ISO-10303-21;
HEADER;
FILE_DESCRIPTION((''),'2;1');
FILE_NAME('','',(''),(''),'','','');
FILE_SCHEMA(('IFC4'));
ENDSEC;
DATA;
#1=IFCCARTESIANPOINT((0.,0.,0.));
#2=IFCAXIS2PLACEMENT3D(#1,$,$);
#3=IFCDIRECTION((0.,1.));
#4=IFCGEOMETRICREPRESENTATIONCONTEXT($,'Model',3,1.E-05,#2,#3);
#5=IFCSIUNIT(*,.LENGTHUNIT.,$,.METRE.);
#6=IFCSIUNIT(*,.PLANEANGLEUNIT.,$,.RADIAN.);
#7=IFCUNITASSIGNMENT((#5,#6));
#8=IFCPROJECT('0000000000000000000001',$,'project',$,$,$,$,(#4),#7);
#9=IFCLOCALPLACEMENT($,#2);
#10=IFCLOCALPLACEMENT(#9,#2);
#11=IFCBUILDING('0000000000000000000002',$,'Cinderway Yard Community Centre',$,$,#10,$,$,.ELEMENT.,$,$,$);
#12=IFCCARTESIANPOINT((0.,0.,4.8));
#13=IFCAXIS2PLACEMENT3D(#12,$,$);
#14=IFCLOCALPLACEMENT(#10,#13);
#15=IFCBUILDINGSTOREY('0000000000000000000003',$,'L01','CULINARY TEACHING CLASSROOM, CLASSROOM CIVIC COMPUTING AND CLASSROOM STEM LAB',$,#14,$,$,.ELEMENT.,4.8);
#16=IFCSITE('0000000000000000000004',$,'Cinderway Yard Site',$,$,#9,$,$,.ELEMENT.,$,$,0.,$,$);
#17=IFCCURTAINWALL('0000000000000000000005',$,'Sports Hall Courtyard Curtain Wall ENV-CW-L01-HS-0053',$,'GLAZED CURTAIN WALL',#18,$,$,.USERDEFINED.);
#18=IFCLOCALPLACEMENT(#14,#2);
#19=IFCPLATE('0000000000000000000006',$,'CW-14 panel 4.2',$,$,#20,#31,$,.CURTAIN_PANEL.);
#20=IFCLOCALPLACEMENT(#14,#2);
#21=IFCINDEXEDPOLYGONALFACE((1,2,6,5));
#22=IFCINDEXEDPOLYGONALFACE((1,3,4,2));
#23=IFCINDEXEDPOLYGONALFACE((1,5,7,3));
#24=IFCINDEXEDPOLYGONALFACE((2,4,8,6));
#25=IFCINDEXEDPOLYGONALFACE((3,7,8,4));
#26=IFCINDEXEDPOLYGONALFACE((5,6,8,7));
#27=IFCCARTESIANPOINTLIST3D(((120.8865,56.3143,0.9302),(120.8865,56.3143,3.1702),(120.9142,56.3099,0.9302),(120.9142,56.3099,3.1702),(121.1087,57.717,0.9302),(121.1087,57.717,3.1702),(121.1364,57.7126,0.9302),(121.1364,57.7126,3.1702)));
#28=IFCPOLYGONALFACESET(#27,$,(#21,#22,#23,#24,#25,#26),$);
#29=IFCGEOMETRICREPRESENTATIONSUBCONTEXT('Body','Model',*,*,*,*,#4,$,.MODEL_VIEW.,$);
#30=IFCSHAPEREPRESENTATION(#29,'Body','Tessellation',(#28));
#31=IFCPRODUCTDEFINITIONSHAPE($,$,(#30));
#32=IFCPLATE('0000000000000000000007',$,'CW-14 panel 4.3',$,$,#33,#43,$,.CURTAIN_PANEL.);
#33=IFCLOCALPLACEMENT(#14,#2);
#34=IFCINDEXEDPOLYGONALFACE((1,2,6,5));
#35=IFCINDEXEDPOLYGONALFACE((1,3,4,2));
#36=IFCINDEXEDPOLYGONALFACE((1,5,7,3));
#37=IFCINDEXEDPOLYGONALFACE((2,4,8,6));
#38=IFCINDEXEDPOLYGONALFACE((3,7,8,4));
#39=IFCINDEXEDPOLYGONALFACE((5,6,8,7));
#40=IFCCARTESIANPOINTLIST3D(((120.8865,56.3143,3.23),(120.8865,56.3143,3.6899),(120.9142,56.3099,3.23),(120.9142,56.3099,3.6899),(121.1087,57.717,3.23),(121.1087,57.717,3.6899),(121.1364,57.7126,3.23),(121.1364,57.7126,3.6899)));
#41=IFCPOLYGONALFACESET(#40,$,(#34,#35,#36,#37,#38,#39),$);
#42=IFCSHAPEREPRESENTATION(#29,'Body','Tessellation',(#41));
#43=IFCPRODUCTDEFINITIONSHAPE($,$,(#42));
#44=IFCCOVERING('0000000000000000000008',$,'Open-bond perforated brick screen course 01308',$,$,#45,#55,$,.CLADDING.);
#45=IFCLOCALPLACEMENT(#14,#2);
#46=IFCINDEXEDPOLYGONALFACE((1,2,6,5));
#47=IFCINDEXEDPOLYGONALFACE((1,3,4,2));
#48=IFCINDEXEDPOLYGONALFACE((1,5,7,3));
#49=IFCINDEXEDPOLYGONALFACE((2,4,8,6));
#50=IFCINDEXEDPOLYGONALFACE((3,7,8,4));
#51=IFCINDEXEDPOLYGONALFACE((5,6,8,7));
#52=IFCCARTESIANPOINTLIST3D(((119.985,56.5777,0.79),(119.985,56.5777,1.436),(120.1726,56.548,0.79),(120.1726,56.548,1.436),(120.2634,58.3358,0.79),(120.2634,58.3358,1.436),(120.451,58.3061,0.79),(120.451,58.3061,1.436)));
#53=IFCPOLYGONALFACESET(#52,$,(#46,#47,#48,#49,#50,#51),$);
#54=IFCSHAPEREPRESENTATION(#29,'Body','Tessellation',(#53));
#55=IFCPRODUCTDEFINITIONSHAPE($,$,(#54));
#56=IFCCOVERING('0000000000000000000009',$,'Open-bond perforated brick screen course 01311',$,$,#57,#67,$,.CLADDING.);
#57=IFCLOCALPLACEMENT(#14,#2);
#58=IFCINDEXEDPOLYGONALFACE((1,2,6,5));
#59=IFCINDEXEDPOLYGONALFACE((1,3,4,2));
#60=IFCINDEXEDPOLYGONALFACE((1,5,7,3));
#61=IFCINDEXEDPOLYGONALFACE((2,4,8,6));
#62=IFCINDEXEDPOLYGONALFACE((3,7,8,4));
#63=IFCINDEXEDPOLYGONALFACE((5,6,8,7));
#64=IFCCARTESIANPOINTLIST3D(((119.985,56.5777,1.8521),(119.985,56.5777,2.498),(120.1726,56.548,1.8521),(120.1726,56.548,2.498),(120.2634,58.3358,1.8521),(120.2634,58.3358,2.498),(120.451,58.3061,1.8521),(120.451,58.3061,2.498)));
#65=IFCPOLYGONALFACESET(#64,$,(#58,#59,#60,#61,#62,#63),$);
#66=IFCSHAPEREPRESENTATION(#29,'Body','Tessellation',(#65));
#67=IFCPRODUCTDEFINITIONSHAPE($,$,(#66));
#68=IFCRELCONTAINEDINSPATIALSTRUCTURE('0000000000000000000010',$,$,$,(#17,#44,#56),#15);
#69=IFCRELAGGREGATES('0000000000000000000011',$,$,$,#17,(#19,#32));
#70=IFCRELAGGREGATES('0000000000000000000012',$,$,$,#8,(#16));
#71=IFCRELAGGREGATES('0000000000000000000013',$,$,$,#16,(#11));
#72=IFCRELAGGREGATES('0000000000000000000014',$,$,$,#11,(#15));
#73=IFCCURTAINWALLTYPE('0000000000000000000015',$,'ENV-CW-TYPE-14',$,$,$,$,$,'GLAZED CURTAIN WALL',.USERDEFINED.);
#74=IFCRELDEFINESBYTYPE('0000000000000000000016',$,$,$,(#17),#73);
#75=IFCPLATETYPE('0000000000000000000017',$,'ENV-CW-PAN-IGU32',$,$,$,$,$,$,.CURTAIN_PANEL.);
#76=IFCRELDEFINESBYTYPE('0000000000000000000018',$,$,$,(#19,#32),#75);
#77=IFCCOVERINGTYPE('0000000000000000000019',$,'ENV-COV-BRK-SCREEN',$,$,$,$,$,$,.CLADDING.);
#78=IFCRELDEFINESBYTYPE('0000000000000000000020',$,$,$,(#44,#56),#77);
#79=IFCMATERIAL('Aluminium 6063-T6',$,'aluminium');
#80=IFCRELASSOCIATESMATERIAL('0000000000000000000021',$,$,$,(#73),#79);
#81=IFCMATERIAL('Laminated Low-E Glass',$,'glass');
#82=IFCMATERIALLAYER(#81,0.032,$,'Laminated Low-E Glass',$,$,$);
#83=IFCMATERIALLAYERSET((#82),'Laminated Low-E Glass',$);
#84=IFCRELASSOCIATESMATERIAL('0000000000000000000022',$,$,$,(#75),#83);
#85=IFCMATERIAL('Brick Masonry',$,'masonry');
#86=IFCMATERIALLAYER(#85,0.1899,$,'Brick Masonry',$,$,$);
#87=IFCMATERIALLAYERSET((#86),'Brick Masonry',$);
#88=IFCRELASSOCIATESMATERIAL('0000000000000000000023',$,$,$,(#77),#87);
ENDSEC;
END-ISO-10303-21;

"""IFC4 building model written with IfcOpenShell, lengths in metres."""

from ifc_helpers import new_model, si_unit, direction, frame, origin, origin_2d, place, context, subcontext, project, spatial, rectangle, extrude, material, layer, layer_set, type_object, element, aggregate, save


model = new_model("IFC4")

# Units and contexts
model_context = context("Model", 3, precision=1e-05, world=origin(), true_north=direction((0.0, 1.0)))
body_context = subcontext(model_context, "Body", "Model", "MODEL_VIEW")
ifc_project = project(units=[si_unit("LENGTHUNIT", "METRE"), si_unit("PLANEANGLEUNIT", "RADIAN")], contexts=[model_context])

# Site, building, storey
site_placement = place(None, origin())
site = spatial("IfcSite", under=ifc_project, at=site_placement, Name="Cinderway Yard Site", CompositionType="ELEMENT", RefElevation=0.0)
building_placement = place(site_placement, origin())
building = spatial("IfcBuilding", under=site, at=building_placement, Name="Cinderway Yard Community Centre", CompositionType="ELEMENT")
storey_placement = place(building_placement, frame((0.0, 0.0, 4.8)))
storey = spatial("IfcBuildingStorey", under=building, at=storey_placement, Name="L01", Description="CULINARY TEACHING CLASSROOM, CLASSROOM CIVIC COMPUTING AND CLASSROOM STEM LAB", CompositionType="ELEMENT", Elevation=4.8)

# Curtain wall
ifc_material_1 = material(Name="Aluminium 6063-T6", Category="aluminium")
curtain_wall_type = type_object("IfcCurtainWallType", Name="ENV-CW-TYPE-14", ElementType="GLAZED CURTAIN WALL", PredefinedType="USERDEFINED", material=ifc_material_1)
curtain_wall_placement = place(storey_placement, origin())
curtain_wall = element("IfcCurtainWall", 1, at=curtain_wall_placement, inside=storey, type_object=curtain_wall_type, Name="Sports Hall Courtyard Curtain Wall ENV-CW-L01-HS-0053", ObjectType="GLAZED CURTAIN WALL", PredefinedType="USERDEFINED")

# Plates
ifc_material_2 = material(Name="Laminated Low-E Glass", Category="glass")
ifc_layer_1 = layer(ifc_material_2, 0.032, Name="Laminated Low-E Glass")
ifc_layer_set_1 = layer_set([ifc_layer_1], Name="Laminated Low-E Glass")
plate_type = type_object("IfcPlateType", Name="ENV-CW-PAN-IGU32", PredefinedType="CURTAIN_PANEL", material=ifc_layer_set_1)
plate_1_placement = place(storey_placement, frame((121.0115, 57.0134, 0.9302), z_axis=(0.0, 0.0, 1.0), x_axis=(0.156447, 0.987686, 0.0)))
plate_1 = element("IfcPlate", 2, at=plate_1_placement, type_object=plate_type, Name="CW-14 panel 4.2", PredefinedType="CURTAIN_PANEL", context=body_context, shape_type="SweptSolid", body=[
    extrude(rectangle(XDim=1.4202, YDim=0.0281, at=origin_2d()), origin(), (0.0, 0.0, 1.0), 2.24),
])
plate_2_placement = place(storey_placement, frame((121.0115, 57.0134, 3.23), z_axis=(0.0, 0.0, 1.0), x_axis=(0.156447, 0.987686, 0.0)))
plate_2 = element("IfcPlate", 3, at=plate_2_placement, type_object=plate_type, Name="CW-14 panel 4.3", PredefinedType="CURTAIN_PANEL", context=body_context, shape_type="SweptSolid", body=[
    extrude(rectangle(XDim=1.4202, YDim=0.0281, at=origin_2d()), origin(), (0.0, 0.0, 1.0), 0.46),
])
aggregate(curtain_wall, [plate_1, plate_2])

# Coverings
ifc_material_3 = material(Name="Brick Masonry", Category="masonry")
ifc_layer_2 = layer(ifc_material_3, 0.1899, Name="Brick Masonry")
ifc_layer_set_2 = layer_set([ifc_layer_2], Name="Brick Masonry")
covering_type = type_object("IfcCoveringType", Name="ENV-COV-BRK-SCREEN", PredefinedType="CLADDING", material=ifc_layer_set_2)
for number, where, z_axis, x_axis, name in (
    (4, (120.218, 57.4419, 0.79), (0.0, 0.0, 1.0), (0.156434, 0.987688, 0.0), "Open-bond perforated brick screen course 01308"),
    (5, (120.218, 57.4419, 1.8521), (0.0, 0.0, 1.0), (0.156434, 0.987688, 0.0), "Open-bond perforated brick screen course 01311"),
):
    element("IfcCovering", number, at=place(storey_placement, frame(where, z_axis=z_axis, x_axis=x_axis)), inside=storey, type_object=covering_type, Name=name, PredefinedType="CLADDING", context=body_context, shape_type="SweptSolid", body=[
        extrude(rectangle(XDim=1.78, YDim=0.1899, at=origin_2d()), origin(), (0.0, 0.0, 1.0), 0.646),
    ])

save(model, "model.ifc")
